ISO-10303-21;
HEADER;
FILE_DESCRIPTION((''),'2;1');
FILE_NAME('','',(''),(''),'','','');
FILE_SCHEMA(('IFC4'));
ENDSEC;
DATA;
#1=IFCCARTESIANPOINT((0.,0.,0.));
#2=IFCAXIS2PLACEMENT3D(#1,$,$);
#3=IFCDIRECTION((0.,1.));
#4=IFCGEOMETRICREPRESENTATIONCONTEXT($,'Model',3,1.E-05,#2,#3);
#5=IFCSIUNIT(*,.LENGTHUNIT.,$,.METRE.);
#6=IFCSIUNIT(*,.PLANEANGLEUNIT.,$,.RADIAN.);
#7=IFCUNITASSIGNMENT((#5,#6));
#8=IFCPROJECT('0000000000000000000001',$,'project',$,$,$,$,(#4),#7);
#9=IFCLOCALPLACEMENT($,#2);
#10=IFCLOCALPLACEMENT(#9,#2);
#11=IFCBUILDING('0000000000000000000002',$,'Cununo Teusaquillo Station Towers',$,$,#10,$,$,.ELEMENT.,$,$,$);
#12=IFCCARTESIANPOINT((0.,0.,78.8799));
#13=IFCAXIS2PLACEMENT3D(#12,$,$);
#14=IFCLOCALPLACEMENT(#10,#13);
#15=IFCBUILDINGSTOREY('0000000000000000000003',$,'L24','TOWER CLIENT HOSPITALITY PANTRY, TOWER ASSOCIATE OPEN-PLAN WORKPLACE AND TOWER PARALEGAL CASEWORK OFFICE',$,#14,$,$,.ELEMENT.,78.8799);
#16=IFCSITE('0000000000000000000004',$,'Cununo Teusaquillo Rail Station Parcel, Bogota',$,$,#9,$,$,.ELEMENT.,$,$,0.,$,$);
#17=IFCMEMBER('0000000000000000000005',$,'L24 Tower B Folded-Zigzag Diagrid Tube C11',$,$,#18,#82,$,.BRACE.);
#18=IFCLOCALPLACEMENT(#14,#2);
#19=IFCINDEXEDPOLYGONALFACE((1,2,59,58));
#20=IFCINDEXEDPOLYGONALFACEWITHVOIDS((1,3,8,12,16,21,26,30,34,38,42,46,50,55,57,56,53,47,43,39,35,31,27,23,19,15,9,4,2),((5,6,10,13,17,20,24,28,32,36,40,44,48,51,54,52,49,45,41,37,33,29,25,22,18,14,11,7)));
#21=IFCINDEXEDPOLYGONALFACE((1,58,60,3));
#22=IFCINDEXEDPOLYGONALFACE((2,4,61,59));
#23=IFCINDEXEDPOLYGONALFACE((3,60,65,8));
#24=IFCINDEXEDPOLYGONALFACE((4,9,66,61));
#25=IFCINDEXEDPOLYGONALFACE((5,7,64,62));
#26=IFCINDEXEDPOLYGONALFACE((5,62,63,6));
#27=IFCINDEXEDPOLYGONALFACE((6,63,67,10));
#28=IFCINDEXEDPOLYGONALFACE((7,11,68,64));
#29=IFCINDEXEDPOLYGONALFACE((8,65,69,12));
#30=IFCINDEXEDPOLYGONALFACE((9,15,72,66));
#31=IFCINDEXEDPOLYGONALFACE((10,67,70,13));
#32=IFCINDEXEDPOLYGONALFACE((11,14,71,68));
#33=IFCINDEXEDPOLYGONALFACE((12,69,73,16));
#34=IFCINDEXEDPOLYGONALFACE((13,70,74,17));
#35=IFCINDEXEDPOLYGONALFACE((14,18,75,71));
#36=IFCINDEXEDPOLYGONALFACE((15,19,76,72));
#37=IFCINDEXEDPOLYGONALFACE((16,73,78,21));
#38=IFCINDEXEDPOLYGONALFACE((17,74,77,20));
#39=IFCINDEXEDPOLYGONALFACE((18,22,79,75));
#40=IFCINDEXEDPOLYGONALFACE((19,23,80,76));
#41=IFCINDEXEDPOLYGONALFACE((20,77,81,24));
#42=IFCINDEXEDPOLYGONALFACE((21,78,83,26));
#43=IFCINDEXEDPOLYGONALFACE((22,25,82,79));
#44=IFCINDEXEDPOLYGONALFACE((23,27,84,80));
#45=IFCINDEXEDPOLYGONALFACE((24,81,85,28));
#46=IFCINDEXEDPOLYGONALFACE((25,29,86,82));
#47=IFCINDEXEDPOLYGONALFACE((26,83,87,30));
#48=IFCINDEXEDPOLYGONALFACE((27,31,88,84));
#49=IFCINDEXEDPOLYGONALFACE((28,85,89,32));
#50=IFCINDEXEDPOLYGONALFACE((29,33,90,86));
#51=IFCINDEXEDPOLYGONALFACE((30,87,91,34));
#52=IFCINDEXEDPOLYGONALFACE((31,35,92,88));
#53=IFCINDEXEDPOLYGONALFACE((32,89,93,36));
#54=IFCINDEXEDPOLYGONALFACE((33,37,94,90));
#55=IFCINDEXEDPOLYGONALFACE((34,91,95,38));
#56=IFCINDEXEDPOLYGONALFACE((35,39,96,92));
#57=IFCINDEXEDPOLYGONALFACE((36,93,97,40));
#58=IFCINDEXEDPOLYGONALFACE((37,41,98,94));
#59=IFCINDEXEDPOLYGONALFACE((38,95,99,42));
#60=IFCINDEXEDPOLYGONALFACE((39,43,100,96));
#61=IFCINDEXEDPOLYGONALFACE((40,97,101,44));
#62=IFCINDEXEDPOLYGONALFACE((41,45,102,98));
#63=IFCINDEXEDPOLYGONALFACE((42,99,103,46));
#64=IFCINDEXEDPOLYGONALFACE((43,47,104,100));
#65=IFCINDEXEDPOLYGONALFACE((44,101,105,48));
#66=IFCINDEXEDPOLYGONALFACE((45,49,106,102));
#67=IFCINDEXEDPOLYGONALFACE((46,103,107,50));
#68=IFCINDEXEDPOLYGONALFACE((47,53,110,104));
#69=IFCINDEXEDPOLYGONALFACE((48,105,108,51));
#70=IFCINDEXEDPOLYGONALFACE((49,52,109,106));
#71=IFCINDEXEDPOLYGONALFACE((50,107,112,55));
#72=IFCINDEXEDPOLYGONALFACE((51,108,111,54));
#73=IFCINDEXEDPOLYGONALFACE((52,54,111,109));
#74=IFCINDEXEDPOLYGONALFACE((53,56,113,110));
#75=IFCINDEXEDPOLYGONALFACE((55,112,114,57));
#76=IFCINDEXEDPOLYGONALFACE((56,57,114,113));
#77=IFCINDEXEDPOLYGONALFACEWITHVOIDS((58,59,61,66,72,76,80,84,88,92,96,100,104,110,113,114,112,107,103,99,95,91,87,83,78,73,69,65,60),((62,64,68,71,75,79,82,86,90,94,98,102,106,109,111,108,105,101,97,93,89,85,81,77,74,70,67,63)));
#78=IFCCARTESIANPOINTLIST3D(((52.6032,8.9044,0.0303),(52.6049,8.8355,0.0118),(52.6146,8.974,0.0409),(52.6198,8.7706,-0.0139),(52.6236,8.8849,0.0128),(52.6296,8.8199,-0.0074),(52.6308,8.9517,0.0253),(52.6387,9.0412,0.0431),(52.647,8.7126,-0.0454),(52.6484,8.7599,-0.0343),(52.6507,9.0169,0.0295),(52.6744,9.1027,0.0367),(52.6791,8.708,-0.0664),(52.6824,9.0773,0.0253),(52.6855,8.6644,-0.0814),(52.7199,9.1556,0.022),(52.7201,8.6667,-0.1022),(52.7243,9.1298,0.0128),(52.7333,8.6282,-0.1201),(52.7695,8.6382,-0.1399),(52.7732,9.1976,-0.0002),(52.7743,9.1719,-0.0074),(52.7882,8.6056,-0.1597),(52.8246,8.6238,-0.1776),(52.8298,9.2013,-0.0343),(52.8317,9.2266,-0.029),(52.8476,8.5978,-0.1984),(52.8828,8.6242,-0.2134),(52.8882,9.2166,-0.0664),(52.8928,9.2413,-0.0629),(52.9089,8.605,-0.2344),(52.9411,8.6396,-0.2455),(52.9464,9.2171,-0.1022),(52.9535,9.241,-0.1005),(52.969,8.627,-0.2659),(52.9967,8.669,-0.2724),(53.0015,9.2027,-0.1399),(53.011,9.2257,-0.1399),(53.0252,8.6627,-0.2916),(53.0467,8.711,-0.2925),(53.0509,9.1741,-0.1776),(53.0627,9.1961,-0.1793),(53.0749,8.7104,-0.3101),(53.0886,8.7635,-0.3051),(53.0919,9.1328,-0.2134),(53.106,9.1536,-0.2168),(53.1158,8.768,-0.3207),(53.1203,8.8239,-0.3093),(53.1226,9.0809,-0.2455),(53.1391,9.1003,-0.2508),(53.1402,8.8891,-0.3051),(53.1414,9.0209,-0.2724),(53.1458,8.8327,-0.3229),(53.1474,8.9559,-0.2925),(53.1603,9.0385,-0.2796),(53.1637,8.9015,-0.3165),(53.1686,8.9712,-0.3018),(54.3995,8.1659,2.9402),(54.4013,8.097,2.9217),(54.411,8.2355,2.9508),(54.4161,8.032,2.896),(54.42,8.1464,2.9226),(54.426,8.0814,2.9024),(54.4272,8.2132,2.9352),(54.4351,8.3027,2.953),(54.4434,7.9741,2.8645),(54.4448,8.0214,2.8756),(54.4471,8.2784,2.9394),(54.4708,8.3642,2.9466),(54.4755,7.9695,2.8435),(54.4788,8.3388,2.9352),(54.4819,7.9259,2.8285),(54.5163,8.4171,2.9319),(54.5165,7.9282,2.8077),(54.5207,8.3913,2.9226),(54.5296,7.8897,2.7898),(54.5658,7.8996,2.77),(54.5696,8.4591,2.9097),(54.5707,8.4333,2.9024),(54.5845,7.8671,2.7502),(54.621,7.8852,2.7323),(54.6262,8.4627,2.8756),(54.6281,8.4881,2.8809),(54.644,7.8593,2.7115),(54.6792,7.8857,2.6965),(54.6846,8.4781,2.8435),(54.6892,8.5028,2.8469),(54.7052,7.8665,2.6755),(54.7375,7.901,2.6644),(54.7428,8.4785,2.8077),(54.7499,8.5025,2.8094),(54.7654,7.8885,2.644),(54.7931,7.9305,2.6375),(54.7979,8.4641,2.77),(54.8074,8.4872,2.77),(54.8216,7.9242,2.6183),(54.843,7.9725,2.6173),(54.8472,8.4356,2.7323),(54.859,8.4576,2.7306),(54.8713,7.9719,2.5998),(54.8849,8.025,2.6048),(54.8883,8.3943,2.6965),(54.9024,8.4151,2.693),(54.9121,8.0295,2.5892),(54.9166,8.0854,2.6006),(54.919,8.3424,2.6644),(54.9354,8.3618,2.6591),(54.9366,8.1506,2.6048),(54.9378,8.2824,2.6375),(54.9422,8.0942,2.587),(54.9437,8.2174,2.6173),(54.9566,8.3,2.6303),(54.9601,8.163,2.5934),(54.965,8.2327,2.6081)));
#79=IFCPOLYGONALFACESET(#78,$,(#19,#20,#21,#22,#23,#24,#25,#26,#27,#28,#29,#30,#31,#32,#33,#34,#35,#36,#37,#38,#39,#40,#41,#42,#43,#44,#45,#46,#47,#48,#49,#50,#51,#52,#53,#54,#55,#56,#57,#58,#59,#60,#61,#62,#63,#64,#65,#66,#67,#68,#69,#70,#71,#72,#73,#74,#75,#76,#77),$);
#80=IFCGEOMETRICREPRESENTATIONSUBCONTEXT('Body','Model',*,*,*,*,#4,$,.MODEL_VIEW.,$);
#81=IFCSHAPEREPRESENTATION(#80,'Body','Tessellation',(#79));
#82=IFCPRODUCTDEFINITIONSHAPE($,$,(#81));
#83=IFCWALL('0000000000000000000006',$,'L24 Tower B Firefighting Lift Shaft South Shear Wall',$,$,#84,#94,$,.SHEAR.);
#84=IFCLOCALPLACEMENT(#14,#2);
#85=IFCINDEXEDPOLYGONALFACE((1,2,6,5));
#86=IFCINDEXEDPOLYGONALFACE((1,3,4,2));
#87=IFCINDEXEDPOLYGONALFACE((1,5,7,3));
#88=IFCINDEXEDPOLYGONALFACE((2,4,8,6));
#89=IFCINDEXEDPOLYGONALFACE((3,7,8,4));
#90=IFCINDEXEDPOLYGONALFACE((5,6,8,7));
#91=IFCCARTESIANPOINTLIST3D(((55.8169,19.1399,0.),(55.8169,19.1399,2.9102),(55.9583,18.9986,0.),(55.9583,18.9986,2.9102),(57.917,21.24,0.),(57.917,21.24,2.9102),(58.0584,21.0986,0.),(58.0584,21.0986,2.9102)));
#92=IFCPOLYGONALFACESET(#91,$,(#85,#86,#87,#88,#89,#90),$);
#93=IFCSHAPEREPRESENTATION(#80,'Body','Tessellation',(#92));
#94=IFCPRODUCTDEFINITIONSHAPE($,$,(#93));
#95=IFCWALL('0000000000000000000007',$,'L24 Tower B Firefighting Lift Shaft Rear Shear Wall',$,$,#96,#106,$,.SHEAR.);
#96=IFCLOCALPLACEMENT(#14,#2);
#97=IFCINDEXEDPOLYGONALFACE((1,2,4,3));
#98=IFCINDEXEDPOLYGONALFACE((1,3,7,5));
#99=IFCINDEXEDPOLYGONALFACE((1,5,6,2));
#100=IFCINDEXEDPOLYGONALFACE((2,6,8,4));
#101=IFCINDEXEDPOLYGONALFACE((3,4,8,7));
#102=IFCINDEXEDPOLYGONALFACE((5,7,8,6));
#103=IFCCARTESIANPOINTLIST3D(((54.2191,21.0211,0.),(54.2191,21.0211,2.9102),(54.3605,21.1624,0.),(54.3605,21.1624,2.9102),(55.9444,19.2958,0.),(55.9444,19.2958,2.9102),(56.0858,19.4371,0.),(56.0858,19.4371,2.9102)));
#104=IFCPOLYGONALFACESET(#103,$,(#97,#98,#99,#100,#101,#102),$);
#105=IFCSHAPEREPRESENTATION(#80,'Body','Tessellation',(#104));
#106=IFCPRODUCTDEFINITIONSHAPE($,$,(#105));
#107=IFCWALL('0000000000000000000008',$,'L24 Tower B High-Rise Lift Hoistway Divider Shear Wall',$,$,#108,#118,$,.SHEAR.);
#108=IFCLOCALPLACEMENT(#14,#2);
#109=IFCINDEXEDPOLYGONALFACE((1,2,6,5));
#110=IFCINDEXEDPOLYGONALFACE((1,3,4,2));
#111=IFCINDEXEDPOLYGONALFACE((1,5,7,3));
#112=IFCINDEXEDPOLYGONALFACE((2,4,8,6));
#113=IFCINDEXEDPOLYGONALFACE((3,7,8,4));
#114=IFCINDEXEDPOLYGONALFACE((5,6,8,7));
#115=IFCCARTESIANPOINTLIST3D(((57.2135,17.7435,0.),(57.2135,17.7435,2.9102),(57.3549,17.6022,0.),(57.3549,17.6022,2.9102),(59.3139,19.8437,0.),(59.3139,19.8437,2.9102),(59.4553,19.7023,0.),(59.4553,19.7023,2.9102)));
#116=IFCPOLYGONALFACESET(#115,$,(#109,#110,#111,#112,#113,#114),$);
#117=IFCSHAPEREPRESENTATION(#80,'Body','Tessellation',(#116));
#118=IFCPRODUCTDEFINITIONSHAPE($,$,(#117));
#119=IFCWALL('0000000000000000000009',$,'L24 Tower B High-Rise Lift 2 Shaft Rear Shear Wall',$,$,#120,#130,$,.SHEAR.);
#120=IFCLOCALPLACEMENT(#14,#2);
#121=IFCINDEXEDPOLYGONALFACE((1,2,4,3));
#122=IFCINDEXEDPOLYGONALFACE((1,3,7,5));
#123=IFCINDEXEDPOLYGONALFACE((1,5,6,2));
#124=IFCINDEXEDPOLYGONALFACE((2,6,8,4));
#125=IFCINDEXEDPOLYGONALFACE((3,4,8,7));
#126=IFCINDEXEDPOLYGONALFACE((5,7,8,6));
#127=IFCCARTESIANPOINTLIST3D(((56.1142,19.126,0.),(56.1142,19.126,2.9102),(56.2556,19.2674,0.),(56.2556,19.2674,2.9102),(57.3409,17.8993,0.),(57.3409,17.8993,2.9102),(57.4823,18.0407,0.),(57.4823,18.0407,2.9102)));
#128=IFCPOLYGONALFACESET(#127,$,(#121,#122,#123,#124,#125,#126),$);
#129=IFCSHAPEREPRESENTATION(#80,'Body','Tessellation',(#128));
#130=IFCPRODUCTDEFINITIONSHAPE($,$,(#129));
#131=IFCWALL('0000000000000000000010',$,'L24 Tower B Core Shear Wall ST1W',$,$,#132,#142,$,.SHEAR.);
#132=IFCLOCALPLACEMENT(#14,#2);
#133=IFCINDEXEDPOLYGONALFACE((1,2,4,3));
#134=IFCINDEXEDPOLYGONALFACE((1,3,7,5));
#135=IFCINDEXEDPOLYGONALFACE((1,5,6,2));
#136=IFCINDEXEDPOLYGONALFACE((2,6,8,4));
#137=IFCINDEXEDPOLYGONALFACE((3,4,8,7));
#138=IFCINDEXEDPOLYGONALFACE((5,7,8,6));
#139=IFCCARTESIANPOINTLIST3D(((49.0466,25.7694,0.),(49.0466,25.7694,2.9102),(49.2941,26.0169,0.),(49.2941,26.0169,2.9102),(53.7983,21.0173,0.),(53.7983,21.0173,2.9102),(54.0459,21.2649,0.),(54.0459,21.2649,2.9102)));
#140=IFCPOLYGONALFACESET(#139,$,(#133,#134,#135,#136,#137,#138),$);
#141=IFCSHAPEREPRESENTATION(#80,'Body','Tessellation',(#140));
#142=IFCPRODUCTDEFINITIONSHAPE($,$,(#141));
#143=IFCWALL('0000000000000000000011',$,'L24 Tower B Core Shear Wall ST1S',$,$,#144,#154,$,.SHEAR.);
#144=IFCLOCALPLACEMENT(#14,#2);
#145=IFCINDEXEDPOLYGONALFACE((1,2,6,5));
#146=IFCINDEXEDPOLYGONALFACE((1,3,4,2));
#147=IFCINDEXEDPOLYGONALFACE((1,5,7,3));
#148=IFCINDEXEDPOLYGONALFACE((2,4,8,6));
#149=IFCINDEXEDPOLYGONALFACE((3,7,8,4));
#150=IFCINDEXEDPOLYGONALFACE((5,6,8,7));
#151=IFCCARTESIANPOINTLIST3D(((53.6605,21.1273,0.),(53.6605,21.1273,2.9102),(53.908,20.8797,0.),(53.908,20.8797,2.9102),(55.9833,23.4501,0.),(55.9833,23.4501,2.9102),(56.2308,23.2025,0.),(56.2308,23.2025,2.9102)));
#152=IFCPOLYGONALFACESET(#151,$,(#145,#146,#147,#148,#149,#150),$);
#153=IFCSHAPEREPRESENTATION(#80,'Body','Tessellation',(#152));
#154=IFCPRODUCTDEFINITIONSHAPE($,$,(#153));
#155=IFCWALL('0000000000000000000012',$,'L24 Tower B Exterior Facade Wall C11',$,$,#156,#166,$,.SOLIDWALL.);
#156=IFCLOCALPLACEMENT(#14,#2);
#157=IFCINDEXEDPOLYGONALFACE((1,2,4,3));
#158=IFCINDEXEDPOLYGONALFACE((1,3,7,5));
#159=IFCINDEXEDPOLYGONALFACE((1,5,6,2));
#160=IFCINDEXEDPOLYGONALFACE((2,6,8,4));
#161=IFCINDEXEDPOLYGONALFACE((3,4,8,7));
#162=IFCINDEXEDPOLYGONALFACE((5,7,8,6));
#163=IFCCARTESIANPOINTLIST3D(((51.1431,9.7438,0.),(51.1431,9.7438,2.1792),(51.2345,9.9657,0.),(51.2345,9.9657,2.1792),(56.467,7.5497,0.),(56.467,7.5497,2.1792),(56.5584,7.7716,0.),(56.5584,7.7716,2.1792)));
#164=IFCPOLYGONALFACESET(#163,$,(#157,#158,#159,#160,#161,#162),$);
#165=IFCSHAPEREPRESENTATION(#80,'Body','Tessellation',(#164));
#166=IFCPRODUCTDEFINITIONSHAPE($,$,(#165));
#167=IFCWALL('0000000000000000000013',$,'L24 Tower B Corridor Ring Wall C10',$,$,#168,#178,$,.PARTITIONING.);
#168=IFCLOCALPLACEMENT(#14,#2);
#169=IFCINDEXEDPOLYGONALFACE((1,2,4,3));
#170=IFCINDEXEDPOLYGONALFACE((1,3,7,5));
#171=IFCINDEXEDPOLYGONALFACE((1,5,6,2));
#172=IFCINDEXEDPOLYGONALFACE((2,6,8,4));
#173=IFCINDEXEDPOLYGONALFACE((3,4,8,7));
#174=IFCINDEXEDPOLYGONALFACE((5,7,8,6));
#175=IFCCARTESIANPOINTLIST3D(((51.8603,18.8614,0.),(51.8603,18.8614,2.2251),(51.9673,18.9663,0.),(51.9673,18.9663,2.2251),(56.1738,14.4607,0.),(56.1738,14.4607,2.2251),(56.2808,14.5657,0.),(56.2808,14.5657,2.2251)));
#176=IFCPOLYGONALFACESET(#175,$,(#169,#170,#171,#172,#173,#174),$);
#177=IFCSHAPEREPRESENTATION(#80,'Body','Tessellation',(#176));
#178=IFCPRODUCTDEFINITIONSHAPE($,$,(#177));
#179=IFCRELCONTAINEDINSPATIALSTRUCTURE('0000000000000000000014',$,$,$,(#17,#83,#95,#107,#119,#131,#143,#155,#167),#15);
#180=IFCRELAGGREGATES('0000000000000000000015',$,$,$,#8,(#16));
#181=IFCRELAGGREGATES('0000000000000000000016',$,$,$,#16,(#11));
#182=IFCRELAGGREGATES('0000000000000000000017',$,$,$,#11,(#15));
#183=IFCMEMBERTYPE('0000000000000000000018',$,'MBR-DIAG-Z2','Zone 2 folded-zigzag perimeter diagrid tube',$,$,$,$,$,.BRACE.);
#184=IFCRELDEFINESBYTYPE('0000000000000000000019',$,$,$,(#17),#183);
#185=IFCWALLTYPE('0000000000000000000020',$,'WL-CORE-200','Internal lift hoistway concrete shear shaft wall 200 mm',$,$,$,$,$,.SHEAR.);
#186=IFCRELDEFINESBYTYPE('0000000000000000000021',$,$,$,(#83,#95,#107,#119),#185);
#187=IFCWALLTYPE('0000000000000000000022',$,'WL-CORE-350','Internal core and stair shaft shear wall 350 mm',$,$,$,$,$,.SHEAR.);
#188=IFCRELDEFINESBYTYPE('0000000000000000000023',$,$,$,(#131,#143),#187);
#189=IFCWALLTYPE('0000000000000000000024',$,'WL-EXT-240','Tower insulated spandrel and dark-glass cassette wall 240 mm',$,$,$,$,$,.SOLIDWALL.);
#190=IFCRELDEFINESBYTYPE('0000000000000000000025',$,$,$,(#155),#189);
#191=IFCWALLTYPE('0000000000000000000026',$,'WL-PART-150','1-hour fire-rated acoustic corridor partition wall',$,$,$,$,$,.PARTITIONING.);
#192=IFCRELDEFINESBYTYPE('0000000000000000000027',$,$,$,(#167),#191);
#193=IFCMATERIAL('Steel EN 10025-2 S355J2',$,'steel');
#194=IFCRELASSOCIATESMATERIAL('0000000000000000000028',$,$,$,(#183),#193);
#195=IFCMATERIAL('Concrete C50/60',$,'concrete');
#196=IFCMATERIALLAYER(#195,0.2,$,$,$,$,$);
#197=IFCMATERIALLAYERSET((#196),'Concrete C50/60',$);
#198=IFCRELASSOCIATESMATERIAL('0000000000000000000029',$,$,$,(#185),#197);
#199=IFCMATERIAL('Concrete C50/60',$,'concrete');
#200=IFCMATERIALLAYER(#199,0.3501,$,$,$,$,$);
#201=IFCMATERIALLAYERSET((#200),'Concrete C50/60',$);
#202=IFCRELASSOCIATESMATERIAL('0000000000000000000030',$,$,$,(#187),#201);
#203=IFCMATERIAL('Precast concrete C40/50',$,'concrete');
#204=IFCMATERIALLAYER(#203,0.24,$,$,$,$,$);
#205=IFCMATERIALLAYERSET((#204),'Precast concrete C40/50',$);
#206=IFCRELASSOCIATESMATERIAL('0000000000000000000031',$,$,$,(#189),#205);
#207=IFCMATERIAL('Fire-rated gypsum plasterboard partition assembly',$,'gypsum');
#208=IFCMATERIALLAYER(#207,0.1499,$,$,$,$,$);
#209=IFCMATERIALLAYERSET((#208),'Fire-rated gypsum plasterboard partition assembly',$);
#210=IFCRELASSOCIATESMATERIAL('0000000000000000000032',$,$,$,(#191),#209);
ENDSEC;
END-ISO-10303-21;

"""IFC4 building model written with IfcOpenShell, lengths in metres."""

from ifc_helpers import new_model, si_unit, direction, frame, frame_2d, origin, origin_2d, place, context, subcontext, project, spatial, rectangle, hollow_circle, extrude, material, layer, layer_set, material_profile, profile_set, type_object, element, save


model = new_model("IFC4")

# Units and contexts
model_context = context("Model", 3, precision=1e-05, world=origin(), true_north=direction((0.0, 1.0)))
body_context = subcontext(model_context, "Body", "Model", "MODEL_VIEW")
ifc_project = project(units=[si_unit("LENGTHUNIT", "METRE"), si_unit("PLANEANGLEUNIT", "RADIAN")], contexts=[model_context])

# Site, building, storey
site_placement = place(None, origin())
site = spatial("IfcSite", under=ifc_project, at=site_placement, Name="Cununo Teusaquillo Rail Station Parcel, Bogota", CompositionType="ELEMENT", RefElevation=0.0)
building_placement = place(site_placement, origin())
building = spatial("IfcBuilding", under=site, at=building_placement, Name="Cununo Teusaquillo Station Towers", CompositionType="ELEMENT")
storey_placement = place(building_placement, frame((0.0, 0.0, 78.8799)))
storey = spatial("IfcBuildingStorey", under=building, at=storey_placement, Name="L24", Description="TOWER CLIENT HOSPITALITY PANTRY, TOWER ASSOCIATE OPEN-PLAN WORKPLACE AND TOWER PARALEGAL CASEWORK OFFICE", CompositionType="ELEMENT", Elevation=78.8799)

# Member
ifc_material_1 = material(Name="Steel EN 10025-2 S355J2", Category="steel")
ifc_material_profile_1 = material_profile(ifc_material_1, hollow_circle(Radius=0.3301, WallThickness=0.0249, at=origin_2d()), Name="CHS 660x25")
ifc_profile_set_1 = profile_set([ifc_material_profile_1], Name="Steel EN 10025-2 S355J2")
member_type = type_object("IfcMemberType", Name="MBR-DIAG-Z2", Description="Zone 2 folded-zigzag perimeter diagrid tube", PredefinedType="BRACE", material=ifc_profile_set_1)
member_placement = place(storey_placement, frame((52.8855, 8.9204, -0.1399), z_axis=(0.513463, -0.211093, 0.831743), x_axis=(0.380238, 0.924889, 0.0)))
element("IfcMember", 1, at=member_placement, inside=storey, type_object=member_type, Name="L24 Tower B Folded-Zigzag Diagrid Tube C11", PredefinedType="BRACE", context=body_context, shape_type="SweptSolid", body=[
    extrude(hollow_circle(Radius=0.3301, WallThickness=0.0249, at=origin_2d()), origin(), (0.0, 0.0, 1.0), 3.4985),
])

# Walls
ifc_material_2 = material(Name="Concrete C50/60", Category="concrete")
ifc_layer_1 = layer(ifc_material_2, 0.2)
ifc_layer_set_1 = layer_set([ifc_layer_1], Name="Concrete C50/60")
wall_type_1 = type_object("IfcWallType", Name="WL-CORE-200", Description="Internal lift hoistway concrete shear shaft wall 200 mm", PredefinedType="SHEAR", material=ifc_layer_set_1)
wall_1_placement = place(storey_placement, frame((55.8877, 19.0693, 0.0), z_axis=(0.0, 0.0, 1.0), x_axis=(0.707107, 0.707107, 0.0)))
element("IfcWall", 2, at=wall_1_placement, inside=storey, type_object=wall_type_1, Name="L24 Tower B Firefighting Lift Shaft South Shear Wall", PredefinedType="SHEAR", context=body_context, shape_type="SweptSolid", body=[
    extrude(rectangle(XDim=2.97, YDim=0.2, at=frame_2d((1.4849, 0.0))), origin(), (0.0, 0.0, 1.0), 2.9102),
])
wall_2_placement = place(storey_placement, frame((56.0151, 19.3665, 0.0), z_axis=(0.0, 0.0, 1.0), x_axis=(-0.707107, 0.707107, 0.0)))
element("IfcWall", 3, at=wall_2_placement, inside=storey, type_object=wall_type_1, Name="L24 Tower B Firefighting Lift Shaft Rear Shear Wall", PredefinedType="SHEAR", context=body_context, shape_type="SweptSolid", body=[
    extrude(rectangle(XDim=2.4399, YDim=0.2, at=frame_2d((1.22, 0.0))), origin(), (0.0, 0.0, 1.0), 2.9102),
])
wall_3_placement = place(storey_placement, frame((57.2842, 17.6729, 0.0), z_axis=(0.0, 0.0, 1.0), x_axis=(0.707148, 0.707066, 0.0)))
element("IfcWall", 4, at=wall_3_placement, inside=storey, type_object=wall_type_1, Name="L24 Tower B High-Rise Lift Hoistway Divider Shear Wall", PredefinedType="SHEAR", context=body_context, shape_type="SweptSolid", body=[
    extrude(rectangle(XDim=2.9702, YDim=0.2, at=frame_2d((1.4851, 0.0))), origin(), (0.0, 0.0, 1.0), 2.9102),
])
wall_4_placement = place(storey_placement, frame((57.4116, 17.97, 0.0), z_axis=(0.0, 0.0, 1.0), x_axis=(-0.707107, 0.707107, 0.0)))
element("IfcWall", 5, at=wall_4_placement, inside=storey, type_object=wall_type_1, Name="L24 Tower B High-Rise Lift 2 Shaft Rear Shear Wall", PredefinedType="SHEAR", context=body_context, shape_type="SweptSolid", body=[
    extrude(rectangle(XDim=1.7349, YDim=0.2, at=frame_2d((0.8674, 0.0))), origin(), (0.0, 0.0, 1.0), 2.9102),
])
ifc_material_3 = material(Name="Concrete C50/60", Category="concrete")
ifc_layer_2 = layer(ifc_material_3, 0.3501)
ifc_layer_set_2 = layer_set([ifc_layer_2], Name="Concrete C50/60")
wall_type_2 = type_object("IfcWallType", Name="WL-CORE-350", Description="Internal core and stair shaft shear wall 350 mm", PredefinedType="SHEAR", material=ifc_layer_set_2)
wall_5_placement = place(storey_placement, frame((53.9221, 21.1411, 0.0), z_axis=(0.0, 0.0, 1.0), x_axis=(-0.707089, 0.707125, 0.0)))
element("IfcWall", 6, at=wall_5_placement, inside=storey, type_object=wall_type_2, Name="L24 Tower B Core Shear Wall ST1W", PredefinedType="SHEAR", context=body_context, shape_type="SweptSolid", body=[
    extrude(rectangle(XDim=6.7202, YDim=0.3501, at=frame_2d((3.3601, 0.0))), origin(), (0.0, 0.0, 1.0), 2.9102),
])
wall_6_placement = place(storey_placement, frame((53.7842, 21.0034, 0.0), z_axis=(0.0, 0.0, 1.0), x_axis=(0.707107, 0.707107, 0.0)))
element("IfcWall", 7, at=wall_6_placement, inside=storey, type_object=wall_type_2, Name="L24 Tower B Core Shear Wall ST1S", PredefinedType="SHEAR", context=body_context, shape_type="SweptSolid", body=[
    extrude(rectangle(XDim=3.2849, YDim=0.3501, at=frame_2d((1.6426, 0.0))), origin(), (0.0, 0.0, 1.0), 2.9102),
])
ifc_material_4 = material(Name="Precast concrete C40/50", Category="concrete")
ifc_layer_3 = layer(ifc_material_4, 0.24)
ifc_layer_set_3 = layer_set([ifc_layer_3], Name="Precast concrete C40/50")
wall_type_3 = type_object("IfcWallType", Name="WL-EXT-240", Description="Tower insulated spandrel and dark-glass cassette wall 240 mm", PredefinedType="SOLIDWALL", material=ifc_layer_set_3)
wall_7_placement = place(storey_placement, frame((56.5127, 7.6606, 0.0), z_axis=(0.0, 0.0, 1.0), x_axis=(-0.924564, 0.381027, 0.0)))
element("IfcWall", 8, at=wall_7_placement, inside=storey, type_object=wall_type_3, Name="L24 Tower B Exterior Facade Wall C11", PredefinedType="SOLIDWALL", context=body_context, shape_type="SweptSolid", body=[
    extrude(rectangle(XDim=5.7583, YDim=0.24, at=frame_2d((2.8792, 0.0))), origin(), (0.0, 0.0, 1.0), 2.1792),
])
ifc_material_5 = material(Name="Fire-rated gypsum plasterboard partition assembly", Category="gypsum")
ifc_layer_4 = layer(ifc_material_5, 0.1499)
ifc_layer_set_4 = layer_set([ifc_layer_4], Name="Fire-rated gypsum plasterboard partition assembly")
wall_type_4 = type_object("IfcWallType", Name="WL-PART-150", Description="1-hour fire-rated acoustic corridor partition wall", PredefinedType="PARTITIONING", material=ifc_layer_set_4)
wall_8_placement = place(storey_placement, frame((51.9138, 18.9138, 0.0), z_axis=(0.0, 0.0, 1.0), x_axis=(0.699999, -0.714144, 0.0)))
element("IfcWall", 9, at=wall_8_placement, inside=storey, type_object=wall_type_4, Name="L24 Tower B Corridor Ring Wall C10", PredefinedType="PARTITIONING", context=body_context, shape_type="SweptSolid", body=[
    extrude(rectangle(XDim=6.1621, YDim=0.1499, at=frame_2d((3.0811, 0.0))), origin(), (0.0, 0.0, 1.0), 2.2251),
])

save(model, "model.ifc")
